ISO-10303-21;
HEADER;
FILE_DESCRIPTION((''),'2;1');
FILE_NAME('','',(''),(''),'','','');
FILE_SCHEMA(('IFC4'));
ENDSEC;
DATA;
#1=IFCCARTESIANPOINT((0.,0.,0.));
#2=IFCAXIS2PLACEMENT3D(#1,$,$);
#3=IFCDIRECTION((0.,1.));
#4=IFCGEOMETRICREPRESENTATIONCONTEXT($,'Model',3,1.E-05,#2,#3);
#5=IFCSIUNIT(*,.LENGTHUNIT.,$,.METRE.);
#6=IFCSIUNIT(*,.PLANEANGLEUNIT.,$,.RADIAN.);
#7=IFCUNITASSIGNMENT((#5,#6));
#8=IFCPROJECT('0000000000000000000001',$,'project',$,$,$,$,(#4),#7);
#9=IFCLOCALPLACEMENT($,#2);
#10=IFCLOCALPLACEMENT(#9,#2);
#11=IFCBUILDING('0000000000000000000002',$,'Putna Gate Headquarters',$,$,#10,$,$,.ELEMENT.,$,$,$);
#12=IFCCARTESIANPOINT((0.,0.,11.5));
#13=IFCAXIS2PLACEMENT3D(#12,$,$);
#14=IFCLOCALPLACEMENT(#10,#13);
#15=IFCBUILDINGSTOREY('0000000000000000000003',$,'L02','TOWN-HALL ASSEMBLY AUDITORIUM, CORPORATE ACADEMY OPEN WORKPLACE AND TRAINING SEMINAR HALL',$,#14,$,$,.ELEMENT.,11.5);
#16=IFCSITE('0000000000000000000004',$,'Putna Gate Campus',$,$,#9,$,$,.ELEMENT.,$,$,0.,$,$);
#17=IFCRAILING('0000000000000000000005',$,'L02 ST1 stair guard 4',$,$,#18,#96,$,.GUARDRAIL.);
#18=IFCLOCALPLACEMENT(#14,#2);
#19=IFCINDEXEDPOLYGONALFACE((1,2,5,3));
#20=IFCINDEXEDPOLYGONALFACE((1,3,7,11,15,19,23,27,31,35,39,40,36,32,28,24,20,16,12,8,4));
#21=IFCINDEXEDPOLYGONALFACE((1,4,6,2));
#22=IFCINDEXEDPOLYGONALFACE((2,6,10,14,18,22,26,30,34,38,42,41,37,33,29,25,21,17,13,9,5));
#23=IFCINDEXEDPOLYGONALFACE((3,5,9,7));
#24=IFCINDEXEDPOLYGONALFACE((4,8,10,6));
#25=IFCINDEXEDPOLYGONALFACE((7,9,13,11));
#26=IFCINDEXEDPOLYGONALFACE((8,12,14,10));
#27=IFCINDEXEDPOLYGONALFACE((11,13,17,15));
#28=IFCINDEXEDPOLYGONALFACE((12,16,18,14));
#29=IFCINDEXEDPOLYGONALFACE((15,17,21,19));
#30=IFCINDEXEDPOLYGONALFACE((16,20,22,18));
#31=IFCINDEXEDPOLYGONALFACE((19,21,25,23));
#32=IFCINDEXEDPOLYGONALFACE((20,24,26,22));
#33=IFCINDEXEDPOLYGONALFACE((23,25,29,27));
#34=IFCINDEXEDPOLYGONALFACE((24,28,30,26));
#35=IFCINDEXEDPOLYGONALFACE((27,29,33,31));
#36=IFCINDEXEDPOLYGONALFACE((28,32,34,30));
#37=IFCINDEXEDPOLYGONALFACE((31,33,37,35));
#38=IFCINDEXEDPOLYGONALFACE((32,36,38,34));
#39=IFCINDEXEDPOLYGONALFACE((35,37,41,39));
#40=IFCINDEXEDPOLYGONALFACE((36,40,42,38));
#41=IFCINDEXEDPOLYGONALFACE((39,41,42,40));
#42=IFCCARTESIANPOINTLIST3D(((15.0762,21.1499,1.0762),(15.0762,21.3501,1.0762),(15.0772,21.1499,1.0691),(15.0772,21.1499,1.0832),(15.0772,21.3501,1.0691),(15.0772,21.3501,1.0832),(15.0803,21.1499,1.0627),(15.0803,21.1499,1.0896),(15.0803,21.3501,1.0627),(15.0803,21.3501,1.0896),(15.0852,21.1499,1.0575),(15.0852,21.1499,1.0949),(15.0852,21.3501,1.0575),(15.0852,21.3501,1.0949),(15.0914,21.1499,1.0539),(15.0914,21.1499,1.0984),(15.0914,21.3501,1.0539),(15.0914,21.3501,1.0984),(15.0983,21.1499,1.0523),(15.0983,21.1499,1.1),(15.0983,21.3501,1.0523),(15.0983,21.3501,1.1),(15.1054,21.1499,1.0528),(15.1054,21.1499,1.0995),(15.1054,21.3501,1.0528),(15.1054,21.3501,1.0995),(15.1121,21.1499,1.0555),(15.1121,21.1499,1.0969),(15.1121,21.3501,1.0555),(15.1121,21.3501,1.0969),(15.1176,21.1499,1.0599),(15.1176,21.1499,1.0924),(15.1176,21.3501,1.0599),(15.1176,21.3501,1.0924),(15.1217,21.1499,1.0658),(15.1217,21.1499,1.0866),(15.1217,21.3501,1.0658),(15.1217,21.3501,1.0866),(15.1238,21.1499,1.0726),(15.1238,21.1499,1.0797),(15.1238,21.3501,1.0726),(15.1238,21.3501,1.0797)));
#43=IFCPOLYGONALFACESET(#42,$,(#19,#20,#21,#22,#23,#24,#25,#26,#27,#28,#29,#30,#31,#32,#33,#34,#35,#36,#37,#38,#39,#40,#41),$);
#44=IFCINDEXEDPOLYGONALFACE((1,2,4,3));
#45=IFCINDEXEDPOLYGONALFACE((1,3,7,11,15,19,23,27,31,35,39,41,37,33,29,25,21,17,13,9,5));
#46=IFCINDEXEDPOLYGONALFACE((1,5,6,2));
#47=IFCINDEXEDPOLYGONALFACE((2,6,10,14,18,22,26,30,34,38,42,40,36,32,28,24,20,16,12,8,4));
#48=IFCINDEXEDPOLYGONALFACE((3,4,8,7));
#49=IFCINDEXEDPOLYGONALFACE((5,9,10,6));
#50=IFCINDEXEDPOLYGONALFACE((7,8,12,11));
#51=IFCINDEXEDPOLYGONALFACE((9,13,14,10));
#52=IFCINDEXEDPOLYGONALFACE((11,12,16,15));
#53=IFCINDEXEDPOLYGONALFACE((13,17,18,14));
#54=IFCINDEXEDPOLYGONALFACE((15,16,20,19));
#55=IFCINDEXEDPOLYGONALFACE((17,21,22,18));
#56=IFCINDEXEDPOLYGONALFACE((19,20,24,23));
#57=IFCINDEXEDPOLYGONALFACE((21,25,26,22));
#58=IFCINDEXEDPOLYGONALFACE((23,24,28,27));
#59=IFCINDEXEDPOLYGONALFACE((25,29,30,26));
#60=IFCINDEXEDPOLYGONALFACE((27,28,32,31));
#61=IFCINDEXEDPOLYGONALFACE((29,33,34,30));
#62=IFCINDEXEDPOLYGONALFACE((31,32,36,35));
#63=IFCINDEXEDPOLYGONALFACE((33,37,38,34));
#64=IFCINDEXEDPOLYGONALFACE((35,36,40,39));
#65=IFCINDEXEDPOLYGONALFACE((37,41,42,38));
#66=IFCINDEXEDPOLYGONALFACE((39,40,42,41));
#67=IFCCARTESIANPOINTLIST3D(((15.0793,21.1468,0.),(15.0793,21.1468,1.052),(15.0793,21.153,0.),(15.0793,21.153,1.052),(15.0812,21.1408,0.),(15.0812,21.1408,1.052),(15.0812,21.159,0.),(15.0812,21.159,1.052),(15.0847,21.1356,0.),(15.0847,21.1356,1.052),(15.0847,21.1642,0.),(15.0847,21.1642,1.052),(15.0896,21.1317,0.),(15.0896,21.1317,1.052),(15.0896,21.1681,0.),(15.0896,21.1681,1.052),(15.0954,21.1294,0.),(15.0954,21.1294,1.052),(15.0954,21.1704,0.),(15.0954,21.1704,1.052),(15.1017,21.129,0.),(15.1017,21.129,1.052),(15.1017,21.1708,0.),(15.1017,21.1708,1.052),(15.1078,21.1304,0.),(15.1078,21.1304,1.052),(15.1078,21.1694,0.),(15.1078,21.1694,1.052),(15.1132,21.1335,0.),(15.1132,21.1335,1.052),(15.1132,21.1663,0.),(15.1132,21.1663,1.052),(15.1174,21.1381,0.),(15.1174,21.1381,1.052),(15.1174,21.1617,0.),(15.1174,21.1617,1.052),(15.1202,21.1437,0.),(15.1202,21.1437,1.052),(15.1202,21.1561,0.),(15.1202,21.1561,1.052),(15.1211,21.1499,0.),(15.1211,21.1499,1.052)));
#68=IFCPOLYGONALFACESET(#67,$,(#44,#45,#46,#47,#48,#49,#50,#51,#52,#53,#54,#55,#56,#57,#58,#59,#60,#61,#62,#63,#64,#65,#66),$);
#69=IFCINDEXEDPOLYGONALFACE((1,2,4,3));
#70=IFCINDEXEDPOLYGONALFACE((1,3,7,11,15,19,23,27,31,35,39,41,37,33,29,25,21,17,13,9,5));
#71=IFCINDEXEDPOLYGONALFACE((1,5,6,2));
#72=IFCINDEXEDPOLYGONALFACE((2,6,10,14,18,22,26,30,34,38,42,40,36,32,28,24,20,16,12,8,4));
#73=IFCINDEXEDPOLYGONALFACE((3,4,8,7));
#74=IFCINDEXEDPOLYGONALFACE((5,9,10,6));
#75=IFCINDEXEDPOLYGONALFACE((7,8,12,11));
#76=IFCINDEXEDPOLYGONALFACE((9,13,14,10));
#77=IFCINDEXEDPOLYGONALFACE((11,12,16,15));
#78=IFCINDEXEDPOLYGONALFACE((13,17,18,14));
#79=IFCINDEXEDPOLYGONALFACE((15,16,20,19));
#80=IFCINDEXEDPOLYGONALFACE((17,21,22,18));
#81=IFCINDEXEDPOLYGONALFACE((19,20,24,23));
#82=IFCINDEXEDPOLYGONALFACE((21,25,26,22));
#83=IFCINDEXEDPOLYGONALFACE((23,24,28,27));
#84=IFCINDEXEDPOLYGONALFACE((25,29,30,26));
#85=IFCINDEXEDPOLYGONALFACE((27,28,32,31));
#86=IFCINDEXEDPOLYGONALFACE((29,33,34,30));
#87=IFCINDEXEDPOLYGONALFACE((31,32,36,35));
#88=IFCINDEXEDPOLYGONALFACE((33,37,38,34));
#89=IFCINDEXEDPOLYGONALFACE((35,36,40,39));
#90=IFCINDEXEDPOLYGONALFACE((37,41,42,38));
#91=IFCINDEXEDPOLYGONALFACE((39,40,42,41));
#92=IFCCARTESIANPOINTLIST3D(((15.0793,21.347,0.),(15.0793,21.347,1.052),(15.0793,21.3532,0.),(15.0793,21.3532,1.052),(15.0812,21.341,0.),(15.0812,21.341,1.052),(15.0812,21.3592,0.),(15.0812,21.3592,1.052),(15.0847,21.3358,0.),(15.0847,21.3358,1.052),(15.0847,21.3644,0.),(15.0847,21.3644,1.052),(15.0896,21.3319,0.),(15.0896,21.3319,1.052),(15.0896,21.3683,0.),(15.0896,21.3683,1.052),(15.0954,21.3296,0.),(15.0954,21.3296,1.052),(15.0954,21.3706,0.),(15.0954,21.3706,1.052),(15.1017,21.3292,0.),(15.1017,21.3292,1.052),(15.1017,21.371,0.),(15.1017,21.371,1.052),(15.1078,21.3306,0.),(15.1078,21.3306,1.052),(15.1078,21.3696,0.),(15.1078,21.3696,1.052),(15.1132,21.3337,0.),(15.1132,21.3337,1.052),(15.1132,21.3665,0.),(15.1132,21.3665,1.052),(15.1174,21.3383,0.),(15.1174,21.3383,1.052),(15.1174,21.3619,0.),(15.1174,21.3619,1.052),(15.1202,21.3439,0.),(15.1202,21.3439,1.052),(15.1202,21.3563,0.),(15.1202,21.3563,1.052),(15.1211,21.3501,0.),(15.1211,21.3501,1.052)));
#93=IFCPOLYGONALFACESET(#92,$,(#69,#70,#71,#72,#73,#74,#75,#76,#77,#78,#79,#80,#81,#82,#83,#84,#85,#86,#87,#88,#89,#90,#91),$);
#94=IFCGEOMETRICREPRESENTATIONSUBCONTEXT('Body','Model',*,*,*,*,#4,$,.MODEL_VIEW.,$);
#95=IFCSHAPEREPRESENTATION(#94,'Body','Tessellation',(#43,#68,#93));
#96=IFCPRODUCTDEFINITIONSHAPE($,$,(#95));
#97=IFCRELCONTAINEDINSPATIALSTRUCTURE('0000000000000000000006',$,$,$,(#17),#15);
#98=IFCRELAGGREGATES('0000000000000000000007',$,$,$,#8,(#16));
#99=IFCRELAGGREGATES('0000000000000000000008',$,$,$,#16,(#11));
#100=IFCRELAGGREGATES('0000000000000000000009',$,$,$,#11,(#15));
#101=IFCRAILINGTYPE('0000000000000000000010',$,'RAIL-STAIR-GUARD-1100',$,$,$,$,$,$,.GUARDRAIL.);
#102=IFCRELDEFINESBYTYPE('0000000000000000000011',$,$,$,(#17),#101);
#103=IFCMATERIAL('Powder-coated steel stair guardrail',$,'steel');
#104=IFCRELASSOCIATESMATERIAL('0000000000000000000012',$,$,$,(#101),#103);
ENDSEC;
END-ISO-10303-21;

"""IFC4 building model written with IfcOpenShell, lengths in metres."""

from ifc_helpers import new_model, si_unit, direction, frame, origin, origin_2d, place, context, subcontext, project, spatial, circle, extrude, material, type_object, element, save


model = new_model("IFC4")

# Units and contexts
model_context = context("Model", 3, precision=1e-05, world=origin(), true_north=direction((0.0, 1.0)))
body_context = subcontext(model_context, "Body", "Model", "MODEL_VIEW")
ifc_project = project(units=[si_unit("LENGTHUNIT", "METRE"), si_unit("PLANEANGLEUNIT", "RADIAN")], contexts=[model_context])

# Site, building, storey
site_placement = place(None, origin())
site = spatial("IfcSite", under=ifc_project, at=site_placement, Name="Putna Gate Campus", CompositionType="ELEMENT", RefElevation=0.0)
building_placement = place(site_placement, origin())
building = spatial("IfcBuilding", under=site, at=building_placement, Name="Putna Gate Headquarters", CompositionType="ELEMENT")
storey_placement = place(building_placement, frame((0.0, 0.0, 11.5)))
storey = spatial("IfcBuildingStorey", under=building, at=storey_placement, Name="L02", Description="TOWN-HALL ASSEMBLY AUDITORIUM, CORPORATE ACADEMY OPEN WORKPLACE AND TRAINING SEMINAR HALL", CompositionType="ELEMENT", Elevation=11.5)

# Railing
ifc_material_1 = material(Name="Powder-coated steel stair guardrail", Category="steel")
railing_type_1 = type_object("IfcRailingType", Name="RAIL-STAIR-GUARD-1100", PredefinedType="GUARDRAIL", material=ifc_material_1)
railing_1_placement = place(storey_placement, frame((15.1001, 21.1499, 0.0)))
element("IfcRailing", 1, at=railing_1_placement, inside=storey, type_object=railing_type_1, Name="L02 ST1 stair guard 4", PredefinedType="GUARDRAIL", context=body_context, shape_type="SweptSolid", body=[
    extrude(circle(Radius=0.0239, at=origin_2d()), frame((0.0, 0.0, 1.0762), z_axis=(0.0, 1.0, 0.0), x_axis=(-1.0, 0.0, 0.0)), (0.0, 0.0, 1.0), 0.2002),
    extrude(circle(Radius=0.021, at=origin_2d()), origin(), (0.0, 0.0, 1.0), 1.052),
    extrude(circle(Radius=0.021, at=origin_2d()), frame((0.0, 0.2002, 0.0)), (0.0, 0.0, 1.0), 1.052),
])

save(model, "model.ifc")
